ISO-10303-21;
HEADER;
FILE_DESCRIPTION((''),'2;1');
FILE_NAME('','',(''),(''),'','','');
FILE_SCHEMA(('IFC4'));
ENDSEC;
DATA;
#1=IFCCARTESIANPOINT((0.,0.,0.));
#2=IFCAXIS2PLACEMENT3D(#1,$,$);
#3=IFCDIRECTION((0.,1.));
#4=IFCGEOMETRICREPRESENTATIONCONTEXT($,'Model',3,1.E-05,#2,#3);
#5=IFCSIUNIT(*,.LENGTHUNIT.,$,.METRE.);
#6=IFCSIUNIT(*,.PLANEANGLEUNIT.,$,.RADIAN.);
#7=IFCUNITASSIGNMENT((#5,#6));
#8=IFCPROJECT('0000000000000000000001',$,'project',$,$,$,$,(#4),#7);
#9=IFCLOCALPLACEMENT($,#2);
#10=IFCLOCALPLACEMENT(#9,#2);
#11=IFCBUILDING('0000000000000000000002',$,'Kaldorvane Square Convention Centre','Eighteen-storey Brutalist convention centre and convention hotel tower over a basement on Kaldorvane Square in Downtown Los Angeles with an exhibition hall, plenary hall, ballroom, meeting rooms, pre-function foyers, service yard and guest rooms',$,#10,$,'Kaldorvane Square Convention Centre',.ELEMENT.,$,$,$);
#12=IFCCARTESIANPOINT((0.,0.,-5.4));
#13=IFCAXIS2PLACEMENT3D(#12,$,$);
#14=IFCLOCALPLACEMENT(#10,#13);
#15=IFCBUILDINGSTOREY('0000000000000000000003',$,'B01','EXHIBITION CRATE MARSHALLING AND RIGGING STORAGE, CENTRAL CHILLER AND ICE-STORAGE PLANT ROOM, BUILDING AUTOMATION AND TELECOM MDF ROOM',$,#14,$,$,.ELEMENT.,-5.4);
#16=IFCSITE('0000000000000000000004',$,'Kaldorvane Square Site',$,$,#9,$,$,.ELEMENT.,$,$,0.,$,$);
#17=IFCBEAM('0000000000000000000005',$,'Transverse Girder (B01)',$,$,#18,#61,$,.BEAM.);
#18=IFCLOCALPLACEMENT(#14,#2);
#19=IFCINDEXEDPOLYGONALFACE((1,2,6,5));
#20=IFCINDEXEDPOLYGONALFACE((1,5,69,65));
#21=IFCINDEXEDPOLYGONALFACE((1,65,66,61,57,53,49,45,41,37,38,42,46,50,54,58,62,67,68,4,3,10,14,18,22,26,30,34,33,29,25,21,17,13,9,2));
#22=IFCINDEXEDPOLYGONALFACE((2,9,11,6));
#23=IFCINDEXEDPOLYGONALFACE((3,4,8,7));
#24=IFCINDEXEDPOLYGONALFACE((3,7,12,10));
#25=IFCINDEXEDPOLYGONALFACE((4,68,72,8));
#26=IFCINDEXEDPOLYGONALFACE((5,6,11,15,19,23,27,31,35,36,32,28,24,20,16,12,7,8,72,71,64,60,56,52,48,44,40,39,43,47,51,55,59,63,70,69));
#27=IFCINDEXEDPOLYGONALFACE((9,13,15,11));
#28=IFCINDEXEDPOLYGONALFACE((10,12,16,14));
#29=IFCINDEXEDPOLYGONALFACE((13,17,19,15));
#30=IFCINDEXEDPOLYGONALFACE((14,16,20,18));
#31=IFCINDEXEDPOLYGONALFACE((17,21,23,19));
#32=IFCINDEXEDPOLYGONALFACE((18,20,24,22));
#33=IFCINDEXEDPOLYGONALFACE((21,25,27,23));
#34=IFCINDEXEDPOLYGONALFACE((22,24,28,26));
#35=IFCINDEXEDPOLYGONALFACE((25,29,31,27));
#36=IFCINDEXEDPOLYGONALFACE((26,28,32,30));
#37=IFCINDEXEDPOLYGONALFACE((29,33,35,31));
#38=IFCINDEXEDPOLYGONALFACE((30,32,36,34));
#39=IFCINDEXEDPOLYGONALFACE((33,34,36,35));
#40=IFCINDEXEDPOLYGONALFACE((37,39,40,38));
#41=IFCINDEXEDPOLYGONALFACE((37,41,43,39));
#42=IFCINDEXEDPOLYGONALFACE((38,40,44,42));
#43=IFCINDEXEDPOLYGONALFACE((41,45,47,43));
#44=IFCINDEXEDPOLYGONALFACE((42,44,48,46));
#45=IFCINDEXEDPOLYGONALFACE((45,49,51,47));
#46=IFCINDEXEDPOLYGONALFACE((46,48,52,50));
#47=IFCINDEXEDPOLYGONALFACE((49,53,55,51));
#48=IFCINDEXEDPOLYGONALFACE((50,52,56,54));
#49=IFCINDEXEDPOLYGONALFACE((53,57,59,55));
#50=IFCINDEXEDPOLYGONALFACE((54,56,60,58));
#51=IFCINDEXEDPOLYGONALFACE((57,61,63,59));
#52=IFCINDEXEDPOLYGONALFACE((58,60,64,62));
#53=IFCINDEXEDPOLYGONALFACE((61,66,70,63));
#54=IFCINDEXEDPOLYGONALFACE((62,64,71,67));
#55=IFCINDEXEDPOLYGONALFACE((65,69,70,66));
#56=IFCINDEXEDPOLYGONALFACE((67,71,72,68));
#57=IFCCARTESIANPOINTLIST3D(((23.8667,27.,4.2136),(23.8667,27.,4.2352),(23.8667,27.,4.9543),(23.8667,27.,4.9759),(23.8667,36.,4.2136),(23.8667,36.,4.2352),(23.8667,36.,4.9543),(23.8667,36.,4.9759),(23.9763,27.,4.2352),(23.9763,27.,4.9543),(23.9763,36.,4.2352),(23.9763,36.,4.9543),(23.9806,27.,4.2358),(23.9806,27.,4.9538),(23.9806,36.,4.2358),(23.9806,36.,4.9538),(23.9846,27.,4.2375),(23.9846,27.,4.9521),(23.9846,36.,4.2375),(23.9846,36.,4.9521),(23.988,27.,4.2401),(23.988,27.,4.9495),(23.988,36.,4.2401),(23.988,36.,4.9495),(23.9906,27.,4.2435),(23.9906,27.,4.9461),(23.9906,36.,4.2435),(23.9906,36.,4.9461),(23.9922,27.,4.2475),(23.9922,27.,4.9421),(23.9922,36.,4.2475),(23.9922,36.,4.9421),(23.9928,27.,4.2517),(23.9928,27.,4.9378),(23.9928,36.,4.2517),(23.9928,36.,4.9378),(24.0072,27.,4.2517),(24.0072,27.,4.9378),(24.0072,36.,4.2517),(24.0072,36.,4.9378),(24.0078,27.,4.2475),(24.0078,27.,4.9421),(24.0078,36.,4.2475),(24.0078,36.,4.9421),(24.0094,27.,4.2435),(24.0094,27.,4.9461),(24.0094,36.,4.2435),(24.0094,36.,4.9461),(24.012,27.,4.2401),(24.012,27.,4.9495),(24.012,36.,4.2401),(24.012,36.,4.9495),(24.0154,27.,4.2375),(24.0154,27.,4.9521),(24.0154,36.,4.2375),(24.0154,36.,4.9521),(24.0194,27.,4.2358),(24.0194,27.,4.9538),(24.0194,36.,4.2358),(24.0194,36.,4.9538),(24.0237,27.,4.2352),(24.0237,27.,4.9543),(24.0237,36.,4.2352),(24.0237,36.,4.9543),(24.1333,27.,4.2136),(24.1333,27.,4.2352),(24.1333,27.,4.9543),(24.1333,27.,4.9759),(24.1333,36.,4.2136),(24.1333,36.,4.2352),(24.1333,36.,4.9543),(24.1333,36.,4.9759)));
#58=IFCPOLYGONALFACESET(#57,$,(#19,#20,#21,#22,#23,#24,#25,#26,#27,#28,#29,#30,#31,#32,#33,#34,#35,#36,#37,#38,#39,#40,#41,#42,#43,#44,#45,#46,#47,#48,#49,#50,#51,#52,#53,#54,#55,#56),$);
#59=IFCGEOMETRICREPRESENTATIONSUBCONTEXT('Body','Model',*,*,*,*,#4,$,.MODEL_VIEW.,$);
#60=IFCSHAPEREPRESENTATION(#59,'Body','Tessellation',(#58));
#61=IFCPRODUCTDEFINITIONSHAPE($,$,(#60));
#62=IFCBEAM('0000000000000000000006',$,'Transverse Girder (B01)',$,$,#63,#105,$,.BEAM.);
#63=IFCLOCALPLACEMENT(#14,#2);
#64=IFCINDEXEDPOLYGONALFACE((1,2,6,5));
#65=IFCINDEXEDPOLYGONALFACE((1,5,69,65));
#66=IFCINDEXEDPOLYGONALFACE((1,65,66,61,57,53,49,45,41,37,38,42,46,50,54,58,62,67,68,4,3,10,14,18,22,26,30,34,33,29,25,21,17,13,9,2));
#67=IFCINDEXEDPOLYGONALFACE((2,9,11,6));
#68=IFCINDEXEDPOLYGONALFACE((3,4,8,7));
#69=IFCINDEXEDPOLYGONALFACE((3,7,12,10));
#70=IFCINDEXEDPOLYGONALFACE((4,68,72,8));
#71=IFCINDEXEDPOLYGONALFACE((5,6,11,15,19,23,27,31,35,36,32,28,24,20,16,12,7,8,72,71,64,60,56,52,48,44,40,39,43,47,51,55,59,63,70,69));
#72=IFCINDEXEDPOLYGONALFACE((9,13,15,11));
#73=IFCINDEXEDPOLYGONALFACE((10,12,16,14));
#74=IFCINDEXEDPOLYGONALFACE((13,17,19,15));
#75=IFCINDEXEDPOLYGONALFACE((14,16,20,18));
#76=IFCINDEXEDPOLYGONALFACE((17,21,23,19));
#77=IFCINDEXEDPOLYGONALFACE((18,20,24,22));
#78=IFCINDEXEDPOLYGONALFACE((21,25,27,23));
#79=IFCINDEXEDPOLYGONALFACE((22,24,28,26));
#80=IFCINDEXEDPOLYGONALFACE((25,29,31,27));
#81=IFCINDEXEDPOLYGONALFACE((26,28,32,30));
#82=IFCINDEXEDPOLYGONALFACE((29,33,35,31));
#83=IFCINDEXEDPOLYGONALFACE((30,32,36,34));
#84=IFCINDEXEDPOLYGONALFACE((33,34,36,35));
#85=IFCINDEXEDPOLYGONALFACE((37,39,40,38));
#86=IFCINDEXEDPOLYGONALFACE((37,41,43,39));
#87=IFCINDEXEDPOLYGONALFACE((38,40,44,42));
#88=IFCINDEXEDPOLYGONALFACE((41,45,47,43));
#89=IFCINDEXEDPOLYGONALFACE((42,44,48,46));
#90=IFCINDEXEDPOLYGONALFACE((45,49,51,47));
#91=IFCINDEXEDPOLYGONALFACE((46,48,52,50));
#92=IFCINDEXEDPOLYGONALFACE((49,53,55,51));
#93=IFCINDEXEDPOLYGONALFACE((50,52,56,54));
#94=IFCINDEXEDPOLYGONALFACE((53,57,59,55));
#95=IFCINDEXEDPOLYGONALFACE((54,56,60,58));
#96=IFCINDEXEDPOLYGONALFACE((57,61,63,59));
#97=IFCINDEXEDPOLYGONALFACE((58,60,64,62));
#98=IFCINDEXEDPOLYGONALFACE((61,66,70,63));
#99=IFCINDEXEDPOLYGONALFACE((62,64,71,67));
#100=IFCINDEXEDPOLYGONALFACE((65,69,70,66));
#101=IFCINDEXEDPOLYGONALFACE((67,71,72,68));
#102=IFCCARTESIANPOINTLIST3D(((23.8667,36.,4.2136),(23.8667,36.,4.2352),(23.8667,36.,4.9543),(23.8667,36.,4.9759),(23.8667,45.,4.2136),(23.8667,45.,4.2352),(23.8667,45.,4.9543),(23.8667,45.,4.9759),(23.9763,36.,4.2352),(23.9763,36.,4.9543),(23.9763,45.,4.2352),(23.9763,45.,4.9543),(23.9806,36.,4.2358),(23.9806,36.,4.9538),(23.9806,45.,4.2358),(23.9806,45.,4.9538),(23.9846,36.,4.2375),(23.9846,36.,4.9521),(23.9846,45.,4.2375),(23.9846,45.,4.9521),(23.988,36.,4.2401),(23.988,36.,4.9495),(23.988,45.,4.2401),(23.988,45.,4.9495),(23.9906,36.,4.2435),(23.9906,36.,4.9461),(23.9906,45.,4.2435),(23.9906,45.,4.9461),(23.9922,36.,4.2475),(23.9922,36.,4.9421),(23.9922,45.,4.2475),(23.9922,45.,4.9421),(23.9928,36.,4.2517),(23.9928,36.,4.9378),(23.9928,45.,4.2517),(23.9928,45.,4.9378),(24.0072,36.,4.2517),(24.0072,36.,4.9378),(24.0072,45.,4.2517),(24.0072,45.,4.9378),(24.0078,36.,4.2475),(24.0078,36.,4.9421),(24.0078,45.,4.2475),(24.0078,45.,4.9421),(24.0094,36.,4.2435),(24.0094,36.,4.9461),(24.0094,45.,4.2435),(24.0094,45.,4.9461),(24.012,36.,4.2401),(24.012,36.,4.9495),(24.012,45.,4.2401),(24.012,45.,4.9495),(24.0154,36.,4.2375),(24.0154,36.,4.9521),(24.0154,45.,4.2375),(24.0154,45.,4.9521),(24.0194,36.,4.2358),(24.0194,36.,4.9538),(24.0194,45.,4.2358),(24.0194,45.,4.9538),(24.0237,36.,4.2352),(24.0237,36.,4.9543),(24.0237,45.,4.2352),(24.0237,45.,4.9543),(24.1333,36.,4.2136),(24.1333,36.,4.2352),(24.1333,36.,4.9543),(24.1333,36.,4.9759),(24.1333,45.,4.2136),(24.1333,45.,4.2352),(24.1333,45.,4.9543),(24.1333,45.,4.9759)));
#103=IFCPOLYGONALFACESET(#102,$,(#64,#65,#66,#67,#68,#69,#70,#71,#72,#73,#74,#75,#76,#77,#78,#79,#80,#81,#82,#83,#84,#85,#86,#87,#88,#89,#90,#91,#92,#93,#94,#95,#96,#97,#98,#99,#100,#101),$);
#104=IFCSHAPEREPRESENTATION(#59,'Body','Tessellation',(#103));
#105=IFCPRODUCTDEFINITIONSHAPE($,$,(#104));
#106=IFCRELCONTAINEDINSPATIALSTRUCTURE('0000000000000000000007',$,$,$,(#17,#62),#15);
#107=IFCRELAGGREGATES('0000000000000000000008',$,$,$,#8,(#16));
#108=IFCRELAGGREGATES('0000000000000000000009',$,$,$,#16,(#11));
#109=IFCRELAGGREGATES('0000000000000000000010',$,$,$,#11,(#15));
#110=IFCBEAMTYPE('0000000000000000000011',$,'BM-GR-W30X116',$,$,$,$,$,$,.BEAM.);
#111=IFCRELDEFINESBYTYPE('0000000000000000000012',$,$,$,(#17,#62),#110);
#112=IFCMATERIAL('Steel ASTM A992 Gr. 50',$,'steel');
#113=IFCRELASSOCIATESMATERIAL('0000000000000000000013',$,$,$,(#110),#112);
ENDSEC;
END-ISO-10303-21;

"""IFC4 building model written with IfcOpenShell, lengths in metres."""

from ifc_helpers import new_model, si_unit, direction, frame, origin, origin_2d, place, context, subcontext, project, spatial, i_section, extrude, material, material_profile, profile_set, type_object, element, save


model = new_model("IFC4")

# Units and contexts
model_context = context("Model", 3, precision=1e-05, world=origin(), true_north=direction((0.0, 1.0)))
body_context = subcontext(model_context, "Body", "Model", "MODEL_VIEW")
ifc_project = project(units=[si_unit("LENGTHUNIT", "METRE"), si_unit("PLANEANGLEUNIT", "RADIAN")], contexts=[model_context])

# Site, building, storey
site_placement = place(None, origin())
site = spatial("IfcSite", under=ifc_project, at=site_placement, Name="Kaldorvane Square Site", CompositionType="ELEMENT", RefElevation=0.0)
building_placement = place(site_placement, origin())
building = spatial("IfcBuilding", under=site, at=building_placement, Name="Kaldorvane Square Convention Centre", Description="Eighteen-storey Brutalist convention centre and convention hotel tower over a basement on Kaldorvane Square in Downtown Los Angeles with an exhibition hall, plenary hall, ballroom, meeting rooms, pre-function foyers, service yard and guest rooms", LongName="Kaldorvane Square Convention Centre", CompositionType="ELEMENT")
storey_placement = place(building_placement, frame((0.0, 0.0, -5.4)))
storey = spatial("IfcBuildingStorey", under=building, at=storey_placement, Name="B01", Description="EXHIBITION CRATE MARSHALLING AND RIGGING STORAGE, CENTRAL CHILLER AND ICE-STORAGE PLANT ROOM, BUILDING AUTOMATION AND TELECOM MDF ROOM", CompositionType="ELEMENT", Elevation=-5.4)

# Shared definitions
ifc_material_1 = material(Name="Steel ASTM A992 Gr. 50", Category="steel")

# Beams
ifc_material_profile_1 = material_profile(ifc_material_1, i_section(OverallWidth=0.2666, OverallDepth=0.7623, WebThickness=0.0144, FlangeThickness=0.0216, FilletRadius=0.0165, at=origin_2d()), Name="W30X116")
ifc_profile_set_1 = profile_set([ifc_material_profile_1], Name="Steel ASTM A992 Gr. 50")
beam_type_1 = type_object("IfcBeamType", Name="BM-GR-W30X116", PredefinedType="BEAM", material=ifc_profile_set_1)
for number, where, z_axis, x_axis, name in (
    (1, (24.0, 27.0, 4.5948), (0.0, 1.0, 0.0), (-1.0, 0.0, 0.0), "Transverse Girder (B01)"),
    (2, (24.0, 36.0, 4.5948), (0.0, 1.0, 0.0), (-1.0, 0.0, 0.0), "Transverse Girder (B01)"),
):
    element("IfcBeam", number, at=place(storey_placement, frame(where, z_axis=z_axis, x_axis=x_axis)), inside=storey, type_object=beam_type_1, Name=name, PredefinedType="BEAM", context=body_context, shape_type="SweptSolid", body=[
        extrude(i_section(OverallWidth=0.2666, OverallDepth=0.7623, WebThickness=0.0144, FlangeThickness=0.0216, FilletRadius=0.0165, at=origin_2d()), origin(), (0.0, 0.0, 1.0), 9.0),
    ])

save(model, "model.ifc")
